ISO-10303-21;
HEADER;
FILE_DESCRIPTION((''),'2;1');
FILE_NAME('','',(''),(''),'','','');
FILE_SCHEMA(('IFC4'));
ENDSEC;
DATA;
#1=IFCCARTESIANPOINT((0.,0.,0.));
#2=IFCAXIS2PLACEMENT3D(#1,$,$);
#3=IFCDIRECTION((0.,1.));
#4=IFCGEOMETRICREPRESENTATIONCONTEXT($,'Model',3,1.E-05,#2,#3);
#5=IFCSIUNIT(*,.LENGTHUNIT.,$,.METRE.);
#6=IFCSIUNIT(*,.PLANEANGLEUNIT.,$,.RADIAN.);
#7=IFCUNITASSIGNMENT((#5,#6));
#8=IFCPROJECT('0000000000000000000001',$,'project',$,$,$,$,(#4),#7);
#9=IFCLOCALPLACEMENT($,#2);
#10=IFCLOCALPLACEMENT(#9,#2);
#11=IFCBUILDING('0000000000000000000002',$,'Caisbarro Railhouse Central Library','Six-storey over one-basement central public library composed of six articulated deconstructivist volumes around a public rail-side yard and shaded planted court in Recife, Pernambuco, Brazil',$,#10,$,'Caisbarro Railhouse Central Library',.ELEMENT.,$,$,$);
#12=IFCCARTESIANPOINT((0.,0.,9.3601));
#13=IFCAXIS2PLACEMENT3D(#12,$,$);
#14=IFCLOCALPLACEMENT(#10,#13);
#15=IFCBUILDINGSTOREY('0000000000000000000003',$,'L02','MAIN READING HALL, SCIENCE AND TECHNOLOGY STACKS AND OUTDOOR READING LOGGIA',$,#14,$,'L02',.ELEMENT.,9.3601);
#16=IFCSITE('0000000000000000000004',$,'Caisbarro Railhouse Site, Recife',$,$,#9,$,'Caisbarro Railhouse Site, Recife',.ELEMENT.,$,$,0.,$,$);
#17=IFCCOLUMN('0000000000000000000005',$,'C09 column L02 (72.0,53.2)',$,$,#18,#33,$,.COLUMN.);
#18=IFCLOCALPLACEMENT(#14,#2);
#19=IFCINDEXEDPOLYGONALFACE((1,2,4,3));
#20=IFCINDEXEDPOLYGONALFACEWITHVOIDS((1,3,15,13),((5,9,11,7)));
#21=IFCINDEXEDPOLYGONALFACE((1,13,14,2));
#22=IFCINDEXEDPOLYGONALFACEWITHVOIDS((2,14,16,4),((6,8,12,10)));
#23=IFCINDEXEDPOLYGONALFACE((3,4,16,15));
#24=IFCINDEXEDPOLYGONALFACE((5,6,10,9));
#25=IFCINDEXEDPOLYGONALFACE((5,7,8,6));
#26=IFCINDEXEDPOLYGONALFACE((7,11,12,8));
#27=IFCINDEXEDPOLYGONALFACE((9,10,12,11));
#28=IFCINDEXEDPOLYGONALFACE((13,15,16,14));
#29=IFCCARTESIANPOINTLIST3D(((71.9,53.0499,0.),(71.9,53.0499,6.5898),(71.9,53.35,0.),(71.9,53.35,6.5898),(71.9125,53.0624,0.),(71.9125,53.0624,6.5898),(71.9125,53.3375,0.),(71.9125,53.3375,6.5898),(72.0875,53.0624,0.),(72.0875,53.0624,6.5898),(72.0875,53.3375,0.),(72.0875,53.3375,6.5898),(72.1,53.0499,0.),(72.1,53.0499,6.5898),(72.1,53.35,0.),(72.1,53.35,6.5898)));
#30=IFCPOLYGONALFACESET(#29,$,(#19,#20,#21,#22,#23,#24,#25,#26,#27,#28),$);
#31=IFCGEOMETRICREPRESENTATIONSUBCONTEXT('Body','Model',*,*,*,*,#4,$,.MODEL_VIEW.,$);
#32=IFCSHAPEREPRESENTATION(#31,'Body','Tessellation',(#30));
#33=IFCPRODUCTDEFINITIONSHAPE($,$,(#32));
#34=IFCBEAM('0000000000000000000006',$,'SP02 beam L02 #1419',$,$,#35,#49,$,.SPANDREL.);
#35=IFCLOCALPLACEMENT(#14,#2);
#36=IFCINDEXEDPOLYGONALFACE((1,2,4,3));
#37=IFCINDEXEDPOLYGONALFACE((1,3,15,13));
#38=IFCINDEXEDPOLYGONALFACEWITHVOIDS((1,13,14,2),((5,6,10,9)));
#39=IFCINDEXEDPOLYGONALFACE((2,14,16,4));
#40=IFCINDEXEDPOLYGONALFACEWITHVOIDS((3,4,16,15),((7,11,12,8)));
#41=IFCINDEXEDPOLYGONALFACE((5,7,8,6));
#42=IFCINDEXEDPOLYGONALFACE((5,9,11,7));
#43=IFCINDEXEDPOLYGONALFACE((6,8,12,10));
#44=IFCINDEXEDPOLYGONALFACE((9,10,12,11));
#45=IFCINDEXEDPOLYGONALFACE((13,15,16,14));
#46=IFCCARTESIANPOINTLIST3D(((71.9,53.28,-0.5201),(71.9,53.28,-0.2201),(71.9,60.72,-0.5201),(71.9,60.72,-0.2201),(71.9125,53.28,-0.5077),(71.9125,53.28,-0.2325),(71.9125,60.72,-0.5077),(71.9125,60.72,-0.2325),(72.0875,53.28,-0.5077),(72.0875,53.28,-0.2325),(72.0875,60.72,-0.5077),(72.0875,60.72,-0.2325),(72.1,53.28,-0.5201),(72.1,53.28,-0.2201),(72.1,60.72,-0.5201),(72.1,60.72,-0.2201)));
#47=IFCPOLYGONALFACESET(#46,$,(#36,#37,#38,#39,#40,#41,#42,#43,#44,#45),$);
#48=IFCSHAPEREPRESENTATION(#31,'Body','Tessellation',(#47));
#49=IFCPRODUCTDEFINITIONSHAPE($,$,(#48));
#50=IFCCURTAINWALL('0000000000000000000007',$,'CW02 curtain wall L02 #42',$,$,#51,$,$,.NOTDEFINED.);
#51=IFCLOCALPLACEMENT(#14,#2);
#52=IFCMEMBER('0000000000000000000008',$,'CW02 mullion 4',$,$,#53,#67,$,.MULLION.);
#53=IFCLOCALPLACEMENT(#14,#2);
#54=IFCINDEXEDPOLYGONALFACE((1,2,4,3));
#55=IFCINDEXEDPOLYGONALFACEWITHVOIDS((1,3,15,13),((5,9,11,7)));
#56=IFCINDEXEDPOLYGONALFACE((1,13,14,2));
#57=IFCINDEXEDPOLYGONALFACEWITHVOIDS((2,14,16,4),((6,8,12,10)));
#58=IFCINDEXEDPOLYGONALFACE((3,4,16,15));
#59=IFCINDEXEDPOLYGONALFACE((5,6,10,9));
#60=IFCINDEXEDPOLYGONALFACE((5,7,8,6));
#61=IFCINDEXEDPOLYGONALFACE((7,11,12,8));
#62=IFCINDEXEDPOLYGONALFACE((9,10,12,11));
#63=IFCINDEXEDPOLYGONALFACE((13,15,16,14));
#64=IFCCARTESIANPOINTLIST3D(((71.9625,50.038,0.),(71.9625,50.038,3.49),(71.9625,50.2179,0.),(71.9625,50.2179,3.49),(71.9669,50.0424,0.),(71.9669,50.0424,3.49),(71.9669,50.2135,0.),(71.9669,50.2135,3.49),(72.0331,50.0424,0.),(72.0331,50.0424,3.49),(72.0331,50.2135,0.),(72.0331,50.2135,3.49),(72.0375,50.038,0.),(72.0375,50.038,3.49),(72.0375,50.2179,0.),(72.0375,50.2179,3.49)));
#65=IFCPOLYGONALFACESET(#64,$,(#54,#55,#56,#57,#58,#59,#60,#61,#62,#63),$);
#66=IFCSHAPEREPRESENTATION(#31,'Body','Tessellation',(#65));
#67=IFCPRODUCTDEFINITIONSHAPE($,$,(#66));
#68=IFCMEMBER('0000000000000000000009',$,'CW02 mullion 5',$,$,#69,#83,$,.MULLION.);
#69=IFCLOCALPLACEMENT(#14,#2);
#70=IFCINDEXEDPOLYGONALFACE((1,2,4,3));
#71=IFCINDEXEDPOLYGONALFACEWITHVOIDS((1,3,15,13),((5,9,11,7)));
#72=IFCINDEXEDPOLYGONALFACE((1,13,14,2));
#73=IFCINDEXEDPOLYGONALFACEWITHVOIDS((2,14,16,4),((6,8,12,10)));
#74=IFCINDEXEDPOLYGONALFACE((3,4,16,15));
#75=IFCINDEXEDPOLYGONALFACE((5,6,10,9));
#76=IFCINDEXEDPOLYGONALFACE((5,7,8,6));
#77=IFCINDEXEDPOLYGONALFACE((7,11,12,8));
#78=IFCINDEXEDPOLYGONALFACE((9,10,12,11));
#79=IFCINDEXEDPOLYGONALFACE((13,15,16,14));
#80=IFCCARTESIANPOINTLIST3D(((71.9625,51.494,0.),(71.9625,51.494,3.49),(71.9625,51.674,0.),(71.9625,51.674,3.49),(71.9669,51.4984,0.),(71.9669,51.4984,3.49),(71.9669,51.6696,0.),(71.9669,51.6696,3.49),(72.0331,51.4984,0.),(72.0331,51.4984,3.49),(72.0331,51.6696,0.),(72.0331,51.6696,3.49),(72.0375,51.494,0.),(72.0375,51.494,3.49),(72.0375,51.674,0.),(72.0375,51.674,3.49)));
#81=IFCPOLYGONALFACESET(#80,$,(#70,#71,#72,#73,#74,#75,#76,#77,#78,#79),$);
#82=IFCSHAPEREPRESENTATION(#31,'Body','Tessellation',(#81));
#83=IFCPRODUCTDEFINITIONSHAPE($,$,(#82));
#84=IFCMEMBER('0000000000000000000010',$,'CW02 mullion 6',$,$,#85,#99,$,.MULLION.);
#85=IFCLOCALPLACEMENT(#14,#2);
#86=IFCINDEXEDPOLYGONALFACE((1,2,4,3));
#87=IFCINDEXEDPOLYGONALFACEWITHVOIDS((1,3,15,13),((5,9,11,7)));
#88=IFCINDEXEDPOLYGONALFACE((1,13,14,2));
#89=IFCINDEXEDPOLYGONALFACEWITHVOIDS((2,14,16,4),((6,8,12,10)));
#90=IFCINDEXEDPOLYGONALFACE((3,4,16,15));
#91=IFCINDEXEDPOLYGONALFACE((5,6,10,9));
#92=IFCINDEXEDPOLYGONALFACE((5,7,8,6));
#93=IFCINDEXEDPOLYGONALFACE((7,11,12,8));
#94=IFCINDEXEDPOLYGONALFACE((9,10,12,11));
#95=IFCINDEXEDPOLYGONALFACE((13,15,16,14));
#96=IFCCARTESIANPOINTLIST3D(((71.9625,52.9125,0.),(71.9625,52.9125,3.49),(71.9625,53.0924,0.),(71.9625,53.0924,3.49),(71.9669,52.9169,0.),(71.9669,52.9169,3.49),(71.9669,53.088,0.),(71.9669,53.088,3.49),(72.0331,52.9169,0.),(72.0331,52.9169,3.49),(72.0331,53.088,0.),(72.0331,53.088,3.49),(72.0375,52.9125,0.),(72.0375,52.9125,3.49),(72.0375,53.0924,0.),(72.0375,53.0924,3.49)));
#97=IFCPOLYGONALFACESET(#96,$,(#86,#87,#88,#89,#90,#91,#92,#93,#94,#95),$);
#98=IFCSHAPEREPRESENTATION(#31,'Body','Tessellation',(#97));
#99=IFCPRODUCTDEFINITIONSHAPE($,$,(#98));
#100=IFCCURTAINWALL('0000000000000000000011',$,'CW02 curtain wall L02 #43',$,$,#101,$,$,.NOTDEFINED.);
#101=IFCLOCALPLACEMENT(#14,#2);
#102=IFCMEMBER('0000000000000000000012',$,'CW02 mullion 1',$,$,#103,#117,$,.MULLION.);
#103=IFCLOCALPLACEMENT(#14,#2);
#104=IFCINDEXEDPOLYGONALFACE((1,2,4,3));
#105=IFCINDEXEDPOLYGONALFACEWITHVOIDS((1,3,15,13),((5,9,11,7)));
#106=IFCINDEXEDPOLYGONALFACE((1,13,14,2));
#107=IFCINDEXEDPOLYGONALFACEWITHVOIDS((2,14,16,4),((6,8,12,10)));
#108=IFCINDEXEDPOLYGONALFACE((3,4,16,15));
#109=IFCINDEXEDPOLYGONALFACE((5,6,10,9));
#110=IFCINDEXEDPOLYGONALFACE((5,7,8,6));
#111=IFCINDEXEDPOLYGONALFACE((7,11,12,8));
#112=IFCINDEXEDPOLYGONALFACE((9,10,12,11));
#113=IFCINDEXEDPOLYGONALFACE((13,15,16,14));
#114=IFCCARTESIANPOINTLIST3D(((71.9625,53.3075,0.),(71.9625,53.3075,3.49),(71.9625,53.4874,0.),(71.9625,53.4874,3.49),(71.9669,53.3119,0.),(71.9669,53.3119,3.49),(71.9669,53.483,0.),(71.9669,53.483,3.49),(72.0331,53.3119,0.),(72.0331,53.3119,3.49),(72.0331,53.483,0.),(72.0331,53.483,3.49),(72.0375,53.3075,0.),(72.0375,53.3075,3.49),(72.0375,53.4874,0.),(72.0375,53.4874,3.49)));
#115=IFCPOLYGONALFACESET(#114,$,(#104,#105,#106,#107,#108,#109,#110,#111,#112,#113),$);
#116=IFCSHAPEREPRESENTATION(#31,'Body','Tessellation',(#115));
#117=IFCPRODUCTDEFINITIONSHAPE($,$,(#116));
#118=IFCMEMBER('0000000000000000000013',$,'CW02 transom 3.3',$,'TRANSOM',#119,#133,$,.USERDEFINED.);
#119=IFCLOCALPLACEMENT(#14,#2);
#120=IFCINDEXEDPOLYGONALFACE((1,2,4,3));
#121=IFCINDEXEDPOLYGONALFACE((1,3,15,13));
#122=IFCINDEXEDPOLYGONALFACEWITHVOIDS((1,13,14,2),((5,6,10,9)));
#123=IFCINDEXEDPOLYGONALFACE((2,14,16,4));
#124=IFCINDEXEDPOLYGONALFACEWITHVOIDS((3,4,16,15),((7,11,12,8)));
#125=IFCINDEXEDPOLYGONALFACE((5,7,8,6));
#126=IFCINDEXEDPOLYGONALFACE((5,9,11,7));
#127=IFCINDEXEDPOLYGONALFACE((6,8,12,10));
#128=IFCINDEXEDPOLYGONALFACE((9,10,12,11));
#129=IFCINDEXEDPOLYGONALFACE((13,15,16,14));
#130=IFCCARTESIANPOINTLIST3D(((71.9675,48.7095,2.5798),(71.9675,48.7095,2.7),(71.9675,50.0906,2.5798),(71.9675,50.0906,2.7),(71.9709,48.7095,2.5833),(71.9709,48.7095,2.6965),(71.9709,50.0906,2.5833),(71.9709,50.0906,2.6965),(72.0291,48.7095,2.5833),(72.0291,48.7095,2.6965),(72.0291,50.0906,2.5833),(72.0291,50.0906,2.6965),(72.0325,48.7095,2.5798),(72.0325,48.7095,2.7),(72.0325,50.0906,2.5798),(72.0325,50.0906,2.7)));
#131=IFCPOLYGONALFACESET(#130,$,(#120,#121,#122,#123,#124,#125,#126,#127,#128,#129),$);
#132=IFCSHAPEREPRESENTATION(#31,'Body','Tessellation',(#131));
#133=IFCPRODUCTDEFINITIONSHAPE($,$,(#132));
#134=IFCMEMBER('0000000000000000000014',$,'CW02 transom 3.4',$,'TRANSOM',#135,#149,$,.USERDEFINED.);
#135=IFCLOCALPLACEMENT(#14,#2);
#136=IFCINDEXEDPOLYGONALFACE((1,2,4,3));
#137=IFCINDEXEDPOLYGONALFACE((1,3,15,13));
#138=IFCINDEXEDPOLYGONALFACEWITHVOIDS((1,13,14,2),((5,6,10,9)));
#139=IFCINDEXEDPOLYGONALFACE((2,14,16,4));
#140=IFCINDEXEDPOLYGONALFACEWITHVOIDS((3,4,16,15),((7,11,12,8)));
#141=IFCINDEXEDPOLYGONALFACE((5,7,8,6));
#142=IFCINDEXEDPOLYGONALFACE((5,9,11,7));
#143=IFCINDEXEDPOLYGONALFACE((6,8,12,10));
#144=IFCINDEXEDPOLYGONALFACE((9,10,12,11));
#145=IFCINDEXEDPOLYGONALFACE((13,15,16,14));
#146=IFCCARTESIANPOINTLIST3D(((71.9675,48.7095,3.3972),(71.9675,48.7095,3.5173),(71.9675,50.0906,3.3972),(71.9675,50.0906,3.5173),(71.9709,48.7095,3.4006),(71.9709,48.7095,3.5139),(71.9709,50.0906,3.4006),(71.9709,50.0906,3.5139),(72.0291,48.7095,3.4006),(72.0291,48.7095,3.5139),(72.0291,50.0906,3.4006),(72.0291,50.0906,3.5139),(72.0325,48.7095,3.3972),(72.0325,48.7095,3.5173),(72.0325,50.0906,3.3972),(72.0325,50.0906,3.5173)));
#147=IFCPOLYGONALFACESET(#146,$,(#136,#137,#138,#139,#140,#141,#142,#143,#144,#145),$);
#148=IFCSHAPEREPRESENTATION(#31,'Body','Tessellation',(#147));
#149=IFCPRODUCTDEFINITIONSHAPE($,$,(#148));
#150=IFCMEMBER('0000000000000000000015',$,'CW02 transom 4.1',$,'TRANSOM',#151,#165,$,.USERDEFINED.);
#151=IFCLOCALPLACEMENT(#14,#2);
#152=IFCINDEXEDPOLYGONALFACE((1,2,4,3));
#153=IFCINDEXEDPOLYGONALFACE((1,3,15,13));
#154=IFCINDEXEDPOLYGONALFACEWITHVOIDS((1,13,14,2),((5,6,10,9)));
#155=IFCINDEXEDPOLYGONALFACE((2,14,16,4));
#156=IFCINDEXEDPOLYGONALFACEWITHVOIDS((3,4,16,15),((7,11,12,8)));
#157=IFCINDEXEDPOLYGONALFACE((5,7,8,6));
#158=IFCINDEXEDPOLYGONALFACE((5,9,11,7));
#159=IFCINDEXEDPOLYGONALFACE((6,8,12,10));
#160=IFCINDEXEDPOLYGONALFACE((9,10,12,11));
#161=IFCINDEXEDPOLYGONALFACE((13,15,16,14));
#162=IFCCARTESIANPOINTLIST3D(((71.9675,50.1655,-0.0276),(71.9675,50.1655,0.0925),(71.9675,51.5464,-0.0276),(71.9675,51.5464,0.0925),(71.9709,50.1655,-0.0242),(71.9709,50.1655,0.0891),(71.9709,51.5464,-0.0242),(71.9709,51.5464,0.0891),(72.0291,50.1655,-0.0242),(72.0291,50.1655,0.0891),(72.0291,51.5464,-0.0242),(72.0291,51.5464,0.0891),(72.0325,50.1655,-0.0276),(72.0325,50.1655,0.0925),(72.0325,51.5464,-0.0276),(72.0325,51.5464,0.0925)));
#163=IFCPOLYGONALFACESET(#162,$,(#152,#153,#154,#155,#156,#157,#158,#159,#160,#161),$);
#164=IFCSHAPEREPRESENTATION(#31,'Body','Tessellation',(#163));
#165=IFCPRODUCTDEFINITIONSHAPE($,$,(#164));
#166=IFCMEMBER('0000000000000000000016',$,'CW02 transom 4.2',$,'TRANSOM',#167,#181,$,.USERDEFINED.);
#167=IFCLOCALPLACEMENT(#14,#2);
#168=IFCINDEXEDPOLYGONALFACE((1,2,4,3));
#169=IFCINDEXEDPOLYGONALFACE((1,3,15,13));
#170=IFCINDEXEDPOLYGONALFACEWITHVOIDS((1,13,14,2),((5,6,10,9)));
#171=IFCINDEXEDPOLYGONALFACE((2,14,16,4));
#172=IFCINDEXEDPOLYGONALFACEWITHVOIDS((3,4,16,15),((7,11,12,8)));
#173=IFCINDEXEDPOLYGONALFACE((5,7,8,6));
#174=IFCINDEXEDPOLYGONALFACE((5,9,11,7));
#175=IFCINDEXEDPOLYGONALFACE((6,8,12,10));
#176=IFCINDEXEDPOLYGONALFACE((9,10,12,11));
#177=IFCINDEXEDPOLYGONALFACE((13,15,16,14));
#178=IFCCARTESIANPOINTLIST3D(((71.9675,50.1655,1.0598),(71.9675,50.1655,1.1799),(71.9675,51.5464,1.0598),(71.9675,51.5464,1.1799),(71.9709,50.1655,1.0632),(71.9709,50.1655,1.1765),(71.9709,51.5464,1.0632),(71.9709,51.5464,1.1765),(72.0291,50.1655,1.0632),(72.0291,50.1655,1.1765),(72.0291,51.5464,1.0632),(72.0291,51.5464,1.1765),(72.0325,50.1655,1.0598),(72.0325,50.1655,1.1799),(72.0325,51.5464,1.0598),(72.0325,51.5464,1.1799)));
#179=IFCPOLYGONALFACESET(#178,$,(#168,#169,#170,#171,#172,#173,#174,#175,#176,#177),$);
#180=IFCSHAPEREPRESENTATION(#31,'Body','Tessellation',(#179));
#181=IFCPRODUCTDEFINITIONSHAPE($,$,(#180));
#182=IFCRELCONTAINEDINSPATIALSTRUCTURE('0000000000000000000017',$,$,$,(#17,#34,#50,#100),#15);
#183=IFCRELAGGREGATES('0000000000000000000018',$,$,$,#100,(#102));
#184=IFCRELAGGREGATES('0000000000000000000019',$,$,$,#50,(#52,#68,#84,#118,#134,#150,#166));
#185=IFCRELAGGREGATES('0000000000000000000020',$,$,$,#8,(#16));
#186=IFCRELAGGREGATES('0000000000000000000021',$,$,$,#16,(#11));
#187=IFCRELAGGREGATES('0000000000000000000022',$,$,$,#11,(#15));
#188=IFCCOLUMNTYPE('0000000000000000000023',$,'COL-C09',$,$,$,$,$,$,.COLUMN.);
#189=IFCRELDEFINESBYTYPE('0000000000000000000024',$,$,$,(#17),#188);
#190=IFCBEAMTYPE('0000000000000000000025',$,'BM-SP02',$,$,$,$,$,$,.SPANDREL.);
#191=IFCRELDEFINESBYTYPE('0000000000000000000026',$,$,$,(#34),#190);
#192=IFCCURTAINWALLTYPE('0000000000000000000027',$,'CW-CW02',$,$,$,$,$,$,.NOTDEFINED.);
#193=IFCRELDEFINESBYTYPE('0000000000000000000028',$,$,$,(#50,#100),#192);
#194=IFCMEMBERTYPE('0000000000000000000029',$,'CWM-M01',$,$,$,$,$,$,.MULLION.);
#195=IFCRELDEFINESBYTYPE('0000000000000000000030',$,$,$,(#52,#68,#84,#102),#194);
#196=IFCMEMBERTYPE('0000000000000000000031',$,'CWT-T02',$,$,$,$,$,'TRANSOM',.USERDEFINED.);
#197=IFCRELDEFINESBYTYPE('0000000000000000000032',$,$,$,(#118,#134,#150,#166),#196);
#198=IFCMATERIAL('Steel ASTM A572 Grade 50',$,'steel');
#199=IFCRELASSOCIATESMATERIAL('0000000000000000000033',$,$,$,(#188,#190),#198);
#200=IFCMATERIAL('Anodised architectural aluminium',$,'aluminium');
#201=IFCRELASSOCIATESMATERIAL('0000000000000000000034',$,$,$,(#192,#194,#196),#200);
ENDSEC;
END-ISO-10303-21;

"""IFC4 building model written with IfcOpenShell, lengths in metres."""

from ifc_helpers import new_model, si_unit, direction, frame, origin, origin_2d, place, context, subcontext, project, spatial, hollow_rectangle, extrude, material, material_profile, profile_set, type_object, element, aggregate, save


model = new_model("IFC4")

# Units and contexts
model_context = context("Model", 3, precision=1e-05, world=origin(), true_north=direction((0.0, 1.0)))
body_context = subcontext(model_context, "Body", "Model", "MODEL_VIEW")
ifc_project = project(units=[si_unit("LENGTHUNIT", "METRE"), si_unit("PLANEANGLEUNIT", "RADIAN")], contexts=[model_context])

# Site, building, storey
site_placement = place(None, origin())
site = spatial("IfcSite", under=ifc_project, at=site_placement, Name="Caisbarro Railhouse Site, Recife", LongName="Caisbarro Railhouse Site, Recife", CompositionType="ELEMENT", RefElevation=0.0)
building_placement = place(site_placement, origin())
building = spatial("IfcBuilding", under=site, at=building_placement, Name="Caisbarro Railhouse Central Library", Description="Six-storey over one-basement central public library composed of six articulated deconstructivist volumes around a public rail-side yard and shaded planted court in Recife, Pernambuco, Brazil", LongName="Caisbarro Railhouse Central Library", CompositionType="ELEMENT")
storey_placement = place(building_placement, frame((0.0, 0.0, 9.3601)))
storey = spatial("IfcBuildingStorey", under=building, at=storey_placement, Name="L02", Description="MAIN READING HALL, SCIENCE AND TECHNOLOGY STACKS AND OUTDOOR READING LOGGIA", LongName="L02", CompositionType="ELEMENT", Elevation=9.3601)

# Column
ifc_material_1 = material(Name="Steel ASTM A572 Grade 50", Category="steel")
ifc_material_profile_1 = material_profile(ifc_material_1, hollow_rectangle(XDim=0.2, YDim=0.3, WallThickness=0.0125, at=origin_2d()), Name="HSS300X200X12.5")
ifc_profile_set_1 = profile_set([ifc_material_profile_1], Name="Steel ASTM A572 Grade 50")
column_type = type_object("IfcColumnType", Name="COL-C09", PredefinedType="COLUMN", material=ifc_profile_set_1)
column_placement = place(storey_placement, frame((72.0, 53.2, 0.0), z_axis=(0.0, 0.0, 1.0), x_axis=(1.0, 0.0, 0.0)))
element("IfcColumn", 1, at=column_placement, inside=storey, type_object=column_type, Name="C09 column L02 (72.0,53.2)", PredefinedType="COLUMN", context=body_context, shape_type="SweptSolid", body=[
    extrude(hollow_rectangle(XDim=0.2, YDim=0.3, WallThickness=0.0125, at=origin_2d()), origin(), (0.0, 0.0, 1.0), 6.5898),
])

# Beam
ifc_material_profile_2 = material_profile(ifc_material_1, hollow_rectangle(XDim=0.2, YDim=0.3, WallThickness=0.0125, at=origin_2d()), Name="HSS300X200X12.5")
ifc_profile_set_2 = profile_set([ifc_material_profile_2], Name="Steel ASTM A572 Grade 50")
beam_type = type_object("IfcBeamType", Name="BM-SP02", PredefinedType="SPANDREL", material=ifc_profile_set_2)
beam_placement = place(storey_placement, frame((72.0, 53.28, -0.3701), z_axis=(0.0, 1.0, 0.0), x_axis=(-1.0, 0.0, 0.0)))
element("IfcBeam", 2, at=beam_placement, inside=storey, type_object=beam_type, Name="SP02 beam L02 #1419", PredefinedType="SPANDREL", context=body_context, shape_type="SweptSolid", body=[
    extrude(hollow_rectangle(XDim=0.2, YDim=0.3, WallThickness=0.0125, at=origin_2d()), origin(), (0.0, 0.0, 1.0), 7.4399),
])

# Curtain wall, members
ifc_material_2 = material(Name="Anodised architectural aluminium", Category="aluminium")
curtain_wall_type = type_object("IfcCurtainWallType", Name="CW-CW02", PredefinedType="NOTDEFINED", material=ifc_material_2)
curtain_wall_1_placement = place(storey_placement, origin())
curtain_wall_1 = element("IfcCurtainWall", 3, at=curtain_wall_1_placement, inside=storey, type_object=curtain_wall_type, Name="CW02 curtain wall L02 #42", PredefinedType="NOTDEFINED")
ifc_material_profile_3 = material_profile(ifc_material_2, hollow_rectangle(XDim=0.075, YDim=0.1799, WallThickness=0.0044, at=origin_2d()), Name="ALU-MUL-75X180")
ifc_profile_set_3 = profile_set([ifc_material_profile_3], Name="Anodised architectural aluminium")
member_type_1 = type_object("IfcMemberType", Name="CWM-M01", PredefinedType="MULLION", material=ifc_profile_set_3)
member_1_placement = place(storey_placement, frame((72.0, 50.1279, 0.0), z_axis=(0.0, 0.0, 1.0), x_axis=(-1.0, 0.0, 0.0)))
member_1 = element("IfcMember", 4, at=member_1_placement, type_object=member_type_1, Name="CW02 mullion 4", PredefinedType="MULLION", context=body_context, shape_type="SweptSolid", body=[
    extrude(hollow_rectangle(XDim=0.075, YDim=0.1799, WallThickness=0.0044, at=origin_2d()), origin(), (0.0, 0.0, 1.0), 3.49),
])
member_2_placement = place(storey_placement, frame((72.0, 51.584, 0.0), z_axis=(0.0, 0.0, 1.0), x_axis=(-1.0, 0.0, 0.0)))
member_2 = element("IfcMember", 5, at=member_2_placement, type_object=member_type_1, Name="CW02 mullion 5", PredefinedType="MULLION", context=body_context, shape_type="SweptSolid", body=[
    extrude(hollow_rectangle(XDim=0.075, YDim=0.1799, WallThickness=0.0044, at=origin_2d()), origin(), (0.0, 0.0, 1.0), 3.49),
])
member_3_placement = place(storey_placement, frame((72.0, 53.0024, 0.0), z_axis=(0.0, 0.0, 1.0), x_axis=(-1.0, 0.0, 0.0)))
member_3 = element("IfcMember", 6, at=member_3_placement, type_object=member_type_1, Name="CW02 mullion 6", PredefinedType="MULLION", context=body_context, shape_type="SweptSolid", body=[
    extrude(hollow_rectangle(XDim=0.075, YDim=0.1799, WallThickness=0.0044, at=origin_2d()), origin(), (0.0, 0.0, 1.0), 3.49),
])

# Curtain wall, member
curtain_wall_2_placement = place(storey_placement, origin())
curtain_wall_2 = element("IfcCurtainWall", 7, at=curtain_wall_2_placement, inside=storey, type_object=curtain_wall_type, Name="CW02 curtain wall L02 #43", PredefinedType="NOTDEFINED")
member_4_placement = place(storey_placement, frame((72.0, 53.3975, 0.0), z_axis=(0.0, 0.0, 1.0), x_axis=(-1.0, 0.0, 0.0)))
member_4 = element("IfcMember", 8, at=member_4_placement, type_object=member_type_1, Name="CW02 mullion 1", PredefinedType="MULLION", context=body_context, shape_type="SweptSolid", body=[
    extrude(hollow_rectangle(XDim=0.075, YDim=0.1799, WallThickness=0.0044, at=origin_2d()), origin(), (0.0, 0.0, 1.0), 3.49),
])

# Members
ifc_material_profile_4 = material_profile(ifc_material_2, hollow_rectangle(XDim=0.0649, YDim=0.1201, WallThickness=0.0034, at=origin_2d()), Name="ALU-TRN-65X120")
ifc_profile_set_4 = profile_set([ifc_material_profile_4], Name="Anodised architectural aluminium")
member_type_2 = type_object("IfcMemberType", Name="CWT-T02", ElementType="TRANSOM", PredefinedType="USERDEFINED", material=ifc_profile_set_4)
member_5_placement = place(storey_placement, frame((72.0, 48.7095, 2.6399), z_axis=(0.0, 1.0, 0.0), x_axis=(-1.0, 0.0, 0.0)))
member_5 = element("IfcMember", 9, at=member_5_placement, type_object=member_type_2, Name="CW02 transom 3.3", ObjectType="TRANSOM", PredefinedType="USERDEFINED", context=body_context, shape_type="SweptSolid", body=[
    extrude(hollow_rectangle(XDim=0.0649, YDim=0.1201, WallThickness=0.0034, at=origin_2d()), origin(), (0.0, 0.0, 1.0), 1.3811),
])
member_6_placement = place(storey_placement, frame((72.0, 48.7095, 3.4573), z_axis=(0.0, 1.0, 0.0), x_axis=(-1.0, 0.0, 0.0)))
member_6 = element("IfcMember", 10, at=member_6_placement, type_object=member_type_2, Name="CW02 transom 3.4", ObjectType="TRANSOM", PredefinedType="USERDEFINED", context=body_context, shape_type="SweptSolid", body=[
    extrude(hollow_rectangle(XDim=0.0649, YDim=0.1201, WallThickness=0.0034, at=origin_2d()), origin(), (0.0, 0.0, 1.0), 1.3811),
])
member_7_placement = place(storey_placement, frame((72.0, 50.1655, 0.0325), z_axis=(0.0, 1.0, 0.0), x_axis=(-1.0, 0.0, 0.0)))
member_7 = element("IfcMember", 11, at=member_7_placement, type_object=member_type_2, Name="CW02 transom 4.1", ObjectType="TRANSOM", PredefinedType="USERDEFINED", context=body_context, shape_type="SweptSolid", body=[
    extrude(hollow_rectangle(XDim=0.0649, YDim=0.1201, WallThickness=0.0034, at=origin_2d()), origin(), (0.0, 0.0, 1.0), 1.3809),
])
member_8_placement = place(storey_placement, frame((72.0, 50.1655, 1.1199), z_axis=(0.0, 1.0, 0.0), x_axis=(-1.0, 0.0, 0.0)))
member_8 = element("IfcMember", 12, at=member_8_placement, type_object=member_type_2, Name="CW02 transom 4.2", ObjectType="TRANSOM", PredefinedType="USERDEFINED", context=body_context, shape_type="SweptSolid", body=[
    extrude(hollow_rectangle(XDim=0.0649, YDim=0.1201, WallThickness=0.0034, at=origin_2d()), origin(), (0.0, 0.0, 1.0), 1.3809),
])
aggregate(curtain_wall_2, [member_4])

aggregate(curtain_wall_1, [member_1, member_2, member_3, member_5, member_6, member_7, member_8])

save(model, "model.ifc")
